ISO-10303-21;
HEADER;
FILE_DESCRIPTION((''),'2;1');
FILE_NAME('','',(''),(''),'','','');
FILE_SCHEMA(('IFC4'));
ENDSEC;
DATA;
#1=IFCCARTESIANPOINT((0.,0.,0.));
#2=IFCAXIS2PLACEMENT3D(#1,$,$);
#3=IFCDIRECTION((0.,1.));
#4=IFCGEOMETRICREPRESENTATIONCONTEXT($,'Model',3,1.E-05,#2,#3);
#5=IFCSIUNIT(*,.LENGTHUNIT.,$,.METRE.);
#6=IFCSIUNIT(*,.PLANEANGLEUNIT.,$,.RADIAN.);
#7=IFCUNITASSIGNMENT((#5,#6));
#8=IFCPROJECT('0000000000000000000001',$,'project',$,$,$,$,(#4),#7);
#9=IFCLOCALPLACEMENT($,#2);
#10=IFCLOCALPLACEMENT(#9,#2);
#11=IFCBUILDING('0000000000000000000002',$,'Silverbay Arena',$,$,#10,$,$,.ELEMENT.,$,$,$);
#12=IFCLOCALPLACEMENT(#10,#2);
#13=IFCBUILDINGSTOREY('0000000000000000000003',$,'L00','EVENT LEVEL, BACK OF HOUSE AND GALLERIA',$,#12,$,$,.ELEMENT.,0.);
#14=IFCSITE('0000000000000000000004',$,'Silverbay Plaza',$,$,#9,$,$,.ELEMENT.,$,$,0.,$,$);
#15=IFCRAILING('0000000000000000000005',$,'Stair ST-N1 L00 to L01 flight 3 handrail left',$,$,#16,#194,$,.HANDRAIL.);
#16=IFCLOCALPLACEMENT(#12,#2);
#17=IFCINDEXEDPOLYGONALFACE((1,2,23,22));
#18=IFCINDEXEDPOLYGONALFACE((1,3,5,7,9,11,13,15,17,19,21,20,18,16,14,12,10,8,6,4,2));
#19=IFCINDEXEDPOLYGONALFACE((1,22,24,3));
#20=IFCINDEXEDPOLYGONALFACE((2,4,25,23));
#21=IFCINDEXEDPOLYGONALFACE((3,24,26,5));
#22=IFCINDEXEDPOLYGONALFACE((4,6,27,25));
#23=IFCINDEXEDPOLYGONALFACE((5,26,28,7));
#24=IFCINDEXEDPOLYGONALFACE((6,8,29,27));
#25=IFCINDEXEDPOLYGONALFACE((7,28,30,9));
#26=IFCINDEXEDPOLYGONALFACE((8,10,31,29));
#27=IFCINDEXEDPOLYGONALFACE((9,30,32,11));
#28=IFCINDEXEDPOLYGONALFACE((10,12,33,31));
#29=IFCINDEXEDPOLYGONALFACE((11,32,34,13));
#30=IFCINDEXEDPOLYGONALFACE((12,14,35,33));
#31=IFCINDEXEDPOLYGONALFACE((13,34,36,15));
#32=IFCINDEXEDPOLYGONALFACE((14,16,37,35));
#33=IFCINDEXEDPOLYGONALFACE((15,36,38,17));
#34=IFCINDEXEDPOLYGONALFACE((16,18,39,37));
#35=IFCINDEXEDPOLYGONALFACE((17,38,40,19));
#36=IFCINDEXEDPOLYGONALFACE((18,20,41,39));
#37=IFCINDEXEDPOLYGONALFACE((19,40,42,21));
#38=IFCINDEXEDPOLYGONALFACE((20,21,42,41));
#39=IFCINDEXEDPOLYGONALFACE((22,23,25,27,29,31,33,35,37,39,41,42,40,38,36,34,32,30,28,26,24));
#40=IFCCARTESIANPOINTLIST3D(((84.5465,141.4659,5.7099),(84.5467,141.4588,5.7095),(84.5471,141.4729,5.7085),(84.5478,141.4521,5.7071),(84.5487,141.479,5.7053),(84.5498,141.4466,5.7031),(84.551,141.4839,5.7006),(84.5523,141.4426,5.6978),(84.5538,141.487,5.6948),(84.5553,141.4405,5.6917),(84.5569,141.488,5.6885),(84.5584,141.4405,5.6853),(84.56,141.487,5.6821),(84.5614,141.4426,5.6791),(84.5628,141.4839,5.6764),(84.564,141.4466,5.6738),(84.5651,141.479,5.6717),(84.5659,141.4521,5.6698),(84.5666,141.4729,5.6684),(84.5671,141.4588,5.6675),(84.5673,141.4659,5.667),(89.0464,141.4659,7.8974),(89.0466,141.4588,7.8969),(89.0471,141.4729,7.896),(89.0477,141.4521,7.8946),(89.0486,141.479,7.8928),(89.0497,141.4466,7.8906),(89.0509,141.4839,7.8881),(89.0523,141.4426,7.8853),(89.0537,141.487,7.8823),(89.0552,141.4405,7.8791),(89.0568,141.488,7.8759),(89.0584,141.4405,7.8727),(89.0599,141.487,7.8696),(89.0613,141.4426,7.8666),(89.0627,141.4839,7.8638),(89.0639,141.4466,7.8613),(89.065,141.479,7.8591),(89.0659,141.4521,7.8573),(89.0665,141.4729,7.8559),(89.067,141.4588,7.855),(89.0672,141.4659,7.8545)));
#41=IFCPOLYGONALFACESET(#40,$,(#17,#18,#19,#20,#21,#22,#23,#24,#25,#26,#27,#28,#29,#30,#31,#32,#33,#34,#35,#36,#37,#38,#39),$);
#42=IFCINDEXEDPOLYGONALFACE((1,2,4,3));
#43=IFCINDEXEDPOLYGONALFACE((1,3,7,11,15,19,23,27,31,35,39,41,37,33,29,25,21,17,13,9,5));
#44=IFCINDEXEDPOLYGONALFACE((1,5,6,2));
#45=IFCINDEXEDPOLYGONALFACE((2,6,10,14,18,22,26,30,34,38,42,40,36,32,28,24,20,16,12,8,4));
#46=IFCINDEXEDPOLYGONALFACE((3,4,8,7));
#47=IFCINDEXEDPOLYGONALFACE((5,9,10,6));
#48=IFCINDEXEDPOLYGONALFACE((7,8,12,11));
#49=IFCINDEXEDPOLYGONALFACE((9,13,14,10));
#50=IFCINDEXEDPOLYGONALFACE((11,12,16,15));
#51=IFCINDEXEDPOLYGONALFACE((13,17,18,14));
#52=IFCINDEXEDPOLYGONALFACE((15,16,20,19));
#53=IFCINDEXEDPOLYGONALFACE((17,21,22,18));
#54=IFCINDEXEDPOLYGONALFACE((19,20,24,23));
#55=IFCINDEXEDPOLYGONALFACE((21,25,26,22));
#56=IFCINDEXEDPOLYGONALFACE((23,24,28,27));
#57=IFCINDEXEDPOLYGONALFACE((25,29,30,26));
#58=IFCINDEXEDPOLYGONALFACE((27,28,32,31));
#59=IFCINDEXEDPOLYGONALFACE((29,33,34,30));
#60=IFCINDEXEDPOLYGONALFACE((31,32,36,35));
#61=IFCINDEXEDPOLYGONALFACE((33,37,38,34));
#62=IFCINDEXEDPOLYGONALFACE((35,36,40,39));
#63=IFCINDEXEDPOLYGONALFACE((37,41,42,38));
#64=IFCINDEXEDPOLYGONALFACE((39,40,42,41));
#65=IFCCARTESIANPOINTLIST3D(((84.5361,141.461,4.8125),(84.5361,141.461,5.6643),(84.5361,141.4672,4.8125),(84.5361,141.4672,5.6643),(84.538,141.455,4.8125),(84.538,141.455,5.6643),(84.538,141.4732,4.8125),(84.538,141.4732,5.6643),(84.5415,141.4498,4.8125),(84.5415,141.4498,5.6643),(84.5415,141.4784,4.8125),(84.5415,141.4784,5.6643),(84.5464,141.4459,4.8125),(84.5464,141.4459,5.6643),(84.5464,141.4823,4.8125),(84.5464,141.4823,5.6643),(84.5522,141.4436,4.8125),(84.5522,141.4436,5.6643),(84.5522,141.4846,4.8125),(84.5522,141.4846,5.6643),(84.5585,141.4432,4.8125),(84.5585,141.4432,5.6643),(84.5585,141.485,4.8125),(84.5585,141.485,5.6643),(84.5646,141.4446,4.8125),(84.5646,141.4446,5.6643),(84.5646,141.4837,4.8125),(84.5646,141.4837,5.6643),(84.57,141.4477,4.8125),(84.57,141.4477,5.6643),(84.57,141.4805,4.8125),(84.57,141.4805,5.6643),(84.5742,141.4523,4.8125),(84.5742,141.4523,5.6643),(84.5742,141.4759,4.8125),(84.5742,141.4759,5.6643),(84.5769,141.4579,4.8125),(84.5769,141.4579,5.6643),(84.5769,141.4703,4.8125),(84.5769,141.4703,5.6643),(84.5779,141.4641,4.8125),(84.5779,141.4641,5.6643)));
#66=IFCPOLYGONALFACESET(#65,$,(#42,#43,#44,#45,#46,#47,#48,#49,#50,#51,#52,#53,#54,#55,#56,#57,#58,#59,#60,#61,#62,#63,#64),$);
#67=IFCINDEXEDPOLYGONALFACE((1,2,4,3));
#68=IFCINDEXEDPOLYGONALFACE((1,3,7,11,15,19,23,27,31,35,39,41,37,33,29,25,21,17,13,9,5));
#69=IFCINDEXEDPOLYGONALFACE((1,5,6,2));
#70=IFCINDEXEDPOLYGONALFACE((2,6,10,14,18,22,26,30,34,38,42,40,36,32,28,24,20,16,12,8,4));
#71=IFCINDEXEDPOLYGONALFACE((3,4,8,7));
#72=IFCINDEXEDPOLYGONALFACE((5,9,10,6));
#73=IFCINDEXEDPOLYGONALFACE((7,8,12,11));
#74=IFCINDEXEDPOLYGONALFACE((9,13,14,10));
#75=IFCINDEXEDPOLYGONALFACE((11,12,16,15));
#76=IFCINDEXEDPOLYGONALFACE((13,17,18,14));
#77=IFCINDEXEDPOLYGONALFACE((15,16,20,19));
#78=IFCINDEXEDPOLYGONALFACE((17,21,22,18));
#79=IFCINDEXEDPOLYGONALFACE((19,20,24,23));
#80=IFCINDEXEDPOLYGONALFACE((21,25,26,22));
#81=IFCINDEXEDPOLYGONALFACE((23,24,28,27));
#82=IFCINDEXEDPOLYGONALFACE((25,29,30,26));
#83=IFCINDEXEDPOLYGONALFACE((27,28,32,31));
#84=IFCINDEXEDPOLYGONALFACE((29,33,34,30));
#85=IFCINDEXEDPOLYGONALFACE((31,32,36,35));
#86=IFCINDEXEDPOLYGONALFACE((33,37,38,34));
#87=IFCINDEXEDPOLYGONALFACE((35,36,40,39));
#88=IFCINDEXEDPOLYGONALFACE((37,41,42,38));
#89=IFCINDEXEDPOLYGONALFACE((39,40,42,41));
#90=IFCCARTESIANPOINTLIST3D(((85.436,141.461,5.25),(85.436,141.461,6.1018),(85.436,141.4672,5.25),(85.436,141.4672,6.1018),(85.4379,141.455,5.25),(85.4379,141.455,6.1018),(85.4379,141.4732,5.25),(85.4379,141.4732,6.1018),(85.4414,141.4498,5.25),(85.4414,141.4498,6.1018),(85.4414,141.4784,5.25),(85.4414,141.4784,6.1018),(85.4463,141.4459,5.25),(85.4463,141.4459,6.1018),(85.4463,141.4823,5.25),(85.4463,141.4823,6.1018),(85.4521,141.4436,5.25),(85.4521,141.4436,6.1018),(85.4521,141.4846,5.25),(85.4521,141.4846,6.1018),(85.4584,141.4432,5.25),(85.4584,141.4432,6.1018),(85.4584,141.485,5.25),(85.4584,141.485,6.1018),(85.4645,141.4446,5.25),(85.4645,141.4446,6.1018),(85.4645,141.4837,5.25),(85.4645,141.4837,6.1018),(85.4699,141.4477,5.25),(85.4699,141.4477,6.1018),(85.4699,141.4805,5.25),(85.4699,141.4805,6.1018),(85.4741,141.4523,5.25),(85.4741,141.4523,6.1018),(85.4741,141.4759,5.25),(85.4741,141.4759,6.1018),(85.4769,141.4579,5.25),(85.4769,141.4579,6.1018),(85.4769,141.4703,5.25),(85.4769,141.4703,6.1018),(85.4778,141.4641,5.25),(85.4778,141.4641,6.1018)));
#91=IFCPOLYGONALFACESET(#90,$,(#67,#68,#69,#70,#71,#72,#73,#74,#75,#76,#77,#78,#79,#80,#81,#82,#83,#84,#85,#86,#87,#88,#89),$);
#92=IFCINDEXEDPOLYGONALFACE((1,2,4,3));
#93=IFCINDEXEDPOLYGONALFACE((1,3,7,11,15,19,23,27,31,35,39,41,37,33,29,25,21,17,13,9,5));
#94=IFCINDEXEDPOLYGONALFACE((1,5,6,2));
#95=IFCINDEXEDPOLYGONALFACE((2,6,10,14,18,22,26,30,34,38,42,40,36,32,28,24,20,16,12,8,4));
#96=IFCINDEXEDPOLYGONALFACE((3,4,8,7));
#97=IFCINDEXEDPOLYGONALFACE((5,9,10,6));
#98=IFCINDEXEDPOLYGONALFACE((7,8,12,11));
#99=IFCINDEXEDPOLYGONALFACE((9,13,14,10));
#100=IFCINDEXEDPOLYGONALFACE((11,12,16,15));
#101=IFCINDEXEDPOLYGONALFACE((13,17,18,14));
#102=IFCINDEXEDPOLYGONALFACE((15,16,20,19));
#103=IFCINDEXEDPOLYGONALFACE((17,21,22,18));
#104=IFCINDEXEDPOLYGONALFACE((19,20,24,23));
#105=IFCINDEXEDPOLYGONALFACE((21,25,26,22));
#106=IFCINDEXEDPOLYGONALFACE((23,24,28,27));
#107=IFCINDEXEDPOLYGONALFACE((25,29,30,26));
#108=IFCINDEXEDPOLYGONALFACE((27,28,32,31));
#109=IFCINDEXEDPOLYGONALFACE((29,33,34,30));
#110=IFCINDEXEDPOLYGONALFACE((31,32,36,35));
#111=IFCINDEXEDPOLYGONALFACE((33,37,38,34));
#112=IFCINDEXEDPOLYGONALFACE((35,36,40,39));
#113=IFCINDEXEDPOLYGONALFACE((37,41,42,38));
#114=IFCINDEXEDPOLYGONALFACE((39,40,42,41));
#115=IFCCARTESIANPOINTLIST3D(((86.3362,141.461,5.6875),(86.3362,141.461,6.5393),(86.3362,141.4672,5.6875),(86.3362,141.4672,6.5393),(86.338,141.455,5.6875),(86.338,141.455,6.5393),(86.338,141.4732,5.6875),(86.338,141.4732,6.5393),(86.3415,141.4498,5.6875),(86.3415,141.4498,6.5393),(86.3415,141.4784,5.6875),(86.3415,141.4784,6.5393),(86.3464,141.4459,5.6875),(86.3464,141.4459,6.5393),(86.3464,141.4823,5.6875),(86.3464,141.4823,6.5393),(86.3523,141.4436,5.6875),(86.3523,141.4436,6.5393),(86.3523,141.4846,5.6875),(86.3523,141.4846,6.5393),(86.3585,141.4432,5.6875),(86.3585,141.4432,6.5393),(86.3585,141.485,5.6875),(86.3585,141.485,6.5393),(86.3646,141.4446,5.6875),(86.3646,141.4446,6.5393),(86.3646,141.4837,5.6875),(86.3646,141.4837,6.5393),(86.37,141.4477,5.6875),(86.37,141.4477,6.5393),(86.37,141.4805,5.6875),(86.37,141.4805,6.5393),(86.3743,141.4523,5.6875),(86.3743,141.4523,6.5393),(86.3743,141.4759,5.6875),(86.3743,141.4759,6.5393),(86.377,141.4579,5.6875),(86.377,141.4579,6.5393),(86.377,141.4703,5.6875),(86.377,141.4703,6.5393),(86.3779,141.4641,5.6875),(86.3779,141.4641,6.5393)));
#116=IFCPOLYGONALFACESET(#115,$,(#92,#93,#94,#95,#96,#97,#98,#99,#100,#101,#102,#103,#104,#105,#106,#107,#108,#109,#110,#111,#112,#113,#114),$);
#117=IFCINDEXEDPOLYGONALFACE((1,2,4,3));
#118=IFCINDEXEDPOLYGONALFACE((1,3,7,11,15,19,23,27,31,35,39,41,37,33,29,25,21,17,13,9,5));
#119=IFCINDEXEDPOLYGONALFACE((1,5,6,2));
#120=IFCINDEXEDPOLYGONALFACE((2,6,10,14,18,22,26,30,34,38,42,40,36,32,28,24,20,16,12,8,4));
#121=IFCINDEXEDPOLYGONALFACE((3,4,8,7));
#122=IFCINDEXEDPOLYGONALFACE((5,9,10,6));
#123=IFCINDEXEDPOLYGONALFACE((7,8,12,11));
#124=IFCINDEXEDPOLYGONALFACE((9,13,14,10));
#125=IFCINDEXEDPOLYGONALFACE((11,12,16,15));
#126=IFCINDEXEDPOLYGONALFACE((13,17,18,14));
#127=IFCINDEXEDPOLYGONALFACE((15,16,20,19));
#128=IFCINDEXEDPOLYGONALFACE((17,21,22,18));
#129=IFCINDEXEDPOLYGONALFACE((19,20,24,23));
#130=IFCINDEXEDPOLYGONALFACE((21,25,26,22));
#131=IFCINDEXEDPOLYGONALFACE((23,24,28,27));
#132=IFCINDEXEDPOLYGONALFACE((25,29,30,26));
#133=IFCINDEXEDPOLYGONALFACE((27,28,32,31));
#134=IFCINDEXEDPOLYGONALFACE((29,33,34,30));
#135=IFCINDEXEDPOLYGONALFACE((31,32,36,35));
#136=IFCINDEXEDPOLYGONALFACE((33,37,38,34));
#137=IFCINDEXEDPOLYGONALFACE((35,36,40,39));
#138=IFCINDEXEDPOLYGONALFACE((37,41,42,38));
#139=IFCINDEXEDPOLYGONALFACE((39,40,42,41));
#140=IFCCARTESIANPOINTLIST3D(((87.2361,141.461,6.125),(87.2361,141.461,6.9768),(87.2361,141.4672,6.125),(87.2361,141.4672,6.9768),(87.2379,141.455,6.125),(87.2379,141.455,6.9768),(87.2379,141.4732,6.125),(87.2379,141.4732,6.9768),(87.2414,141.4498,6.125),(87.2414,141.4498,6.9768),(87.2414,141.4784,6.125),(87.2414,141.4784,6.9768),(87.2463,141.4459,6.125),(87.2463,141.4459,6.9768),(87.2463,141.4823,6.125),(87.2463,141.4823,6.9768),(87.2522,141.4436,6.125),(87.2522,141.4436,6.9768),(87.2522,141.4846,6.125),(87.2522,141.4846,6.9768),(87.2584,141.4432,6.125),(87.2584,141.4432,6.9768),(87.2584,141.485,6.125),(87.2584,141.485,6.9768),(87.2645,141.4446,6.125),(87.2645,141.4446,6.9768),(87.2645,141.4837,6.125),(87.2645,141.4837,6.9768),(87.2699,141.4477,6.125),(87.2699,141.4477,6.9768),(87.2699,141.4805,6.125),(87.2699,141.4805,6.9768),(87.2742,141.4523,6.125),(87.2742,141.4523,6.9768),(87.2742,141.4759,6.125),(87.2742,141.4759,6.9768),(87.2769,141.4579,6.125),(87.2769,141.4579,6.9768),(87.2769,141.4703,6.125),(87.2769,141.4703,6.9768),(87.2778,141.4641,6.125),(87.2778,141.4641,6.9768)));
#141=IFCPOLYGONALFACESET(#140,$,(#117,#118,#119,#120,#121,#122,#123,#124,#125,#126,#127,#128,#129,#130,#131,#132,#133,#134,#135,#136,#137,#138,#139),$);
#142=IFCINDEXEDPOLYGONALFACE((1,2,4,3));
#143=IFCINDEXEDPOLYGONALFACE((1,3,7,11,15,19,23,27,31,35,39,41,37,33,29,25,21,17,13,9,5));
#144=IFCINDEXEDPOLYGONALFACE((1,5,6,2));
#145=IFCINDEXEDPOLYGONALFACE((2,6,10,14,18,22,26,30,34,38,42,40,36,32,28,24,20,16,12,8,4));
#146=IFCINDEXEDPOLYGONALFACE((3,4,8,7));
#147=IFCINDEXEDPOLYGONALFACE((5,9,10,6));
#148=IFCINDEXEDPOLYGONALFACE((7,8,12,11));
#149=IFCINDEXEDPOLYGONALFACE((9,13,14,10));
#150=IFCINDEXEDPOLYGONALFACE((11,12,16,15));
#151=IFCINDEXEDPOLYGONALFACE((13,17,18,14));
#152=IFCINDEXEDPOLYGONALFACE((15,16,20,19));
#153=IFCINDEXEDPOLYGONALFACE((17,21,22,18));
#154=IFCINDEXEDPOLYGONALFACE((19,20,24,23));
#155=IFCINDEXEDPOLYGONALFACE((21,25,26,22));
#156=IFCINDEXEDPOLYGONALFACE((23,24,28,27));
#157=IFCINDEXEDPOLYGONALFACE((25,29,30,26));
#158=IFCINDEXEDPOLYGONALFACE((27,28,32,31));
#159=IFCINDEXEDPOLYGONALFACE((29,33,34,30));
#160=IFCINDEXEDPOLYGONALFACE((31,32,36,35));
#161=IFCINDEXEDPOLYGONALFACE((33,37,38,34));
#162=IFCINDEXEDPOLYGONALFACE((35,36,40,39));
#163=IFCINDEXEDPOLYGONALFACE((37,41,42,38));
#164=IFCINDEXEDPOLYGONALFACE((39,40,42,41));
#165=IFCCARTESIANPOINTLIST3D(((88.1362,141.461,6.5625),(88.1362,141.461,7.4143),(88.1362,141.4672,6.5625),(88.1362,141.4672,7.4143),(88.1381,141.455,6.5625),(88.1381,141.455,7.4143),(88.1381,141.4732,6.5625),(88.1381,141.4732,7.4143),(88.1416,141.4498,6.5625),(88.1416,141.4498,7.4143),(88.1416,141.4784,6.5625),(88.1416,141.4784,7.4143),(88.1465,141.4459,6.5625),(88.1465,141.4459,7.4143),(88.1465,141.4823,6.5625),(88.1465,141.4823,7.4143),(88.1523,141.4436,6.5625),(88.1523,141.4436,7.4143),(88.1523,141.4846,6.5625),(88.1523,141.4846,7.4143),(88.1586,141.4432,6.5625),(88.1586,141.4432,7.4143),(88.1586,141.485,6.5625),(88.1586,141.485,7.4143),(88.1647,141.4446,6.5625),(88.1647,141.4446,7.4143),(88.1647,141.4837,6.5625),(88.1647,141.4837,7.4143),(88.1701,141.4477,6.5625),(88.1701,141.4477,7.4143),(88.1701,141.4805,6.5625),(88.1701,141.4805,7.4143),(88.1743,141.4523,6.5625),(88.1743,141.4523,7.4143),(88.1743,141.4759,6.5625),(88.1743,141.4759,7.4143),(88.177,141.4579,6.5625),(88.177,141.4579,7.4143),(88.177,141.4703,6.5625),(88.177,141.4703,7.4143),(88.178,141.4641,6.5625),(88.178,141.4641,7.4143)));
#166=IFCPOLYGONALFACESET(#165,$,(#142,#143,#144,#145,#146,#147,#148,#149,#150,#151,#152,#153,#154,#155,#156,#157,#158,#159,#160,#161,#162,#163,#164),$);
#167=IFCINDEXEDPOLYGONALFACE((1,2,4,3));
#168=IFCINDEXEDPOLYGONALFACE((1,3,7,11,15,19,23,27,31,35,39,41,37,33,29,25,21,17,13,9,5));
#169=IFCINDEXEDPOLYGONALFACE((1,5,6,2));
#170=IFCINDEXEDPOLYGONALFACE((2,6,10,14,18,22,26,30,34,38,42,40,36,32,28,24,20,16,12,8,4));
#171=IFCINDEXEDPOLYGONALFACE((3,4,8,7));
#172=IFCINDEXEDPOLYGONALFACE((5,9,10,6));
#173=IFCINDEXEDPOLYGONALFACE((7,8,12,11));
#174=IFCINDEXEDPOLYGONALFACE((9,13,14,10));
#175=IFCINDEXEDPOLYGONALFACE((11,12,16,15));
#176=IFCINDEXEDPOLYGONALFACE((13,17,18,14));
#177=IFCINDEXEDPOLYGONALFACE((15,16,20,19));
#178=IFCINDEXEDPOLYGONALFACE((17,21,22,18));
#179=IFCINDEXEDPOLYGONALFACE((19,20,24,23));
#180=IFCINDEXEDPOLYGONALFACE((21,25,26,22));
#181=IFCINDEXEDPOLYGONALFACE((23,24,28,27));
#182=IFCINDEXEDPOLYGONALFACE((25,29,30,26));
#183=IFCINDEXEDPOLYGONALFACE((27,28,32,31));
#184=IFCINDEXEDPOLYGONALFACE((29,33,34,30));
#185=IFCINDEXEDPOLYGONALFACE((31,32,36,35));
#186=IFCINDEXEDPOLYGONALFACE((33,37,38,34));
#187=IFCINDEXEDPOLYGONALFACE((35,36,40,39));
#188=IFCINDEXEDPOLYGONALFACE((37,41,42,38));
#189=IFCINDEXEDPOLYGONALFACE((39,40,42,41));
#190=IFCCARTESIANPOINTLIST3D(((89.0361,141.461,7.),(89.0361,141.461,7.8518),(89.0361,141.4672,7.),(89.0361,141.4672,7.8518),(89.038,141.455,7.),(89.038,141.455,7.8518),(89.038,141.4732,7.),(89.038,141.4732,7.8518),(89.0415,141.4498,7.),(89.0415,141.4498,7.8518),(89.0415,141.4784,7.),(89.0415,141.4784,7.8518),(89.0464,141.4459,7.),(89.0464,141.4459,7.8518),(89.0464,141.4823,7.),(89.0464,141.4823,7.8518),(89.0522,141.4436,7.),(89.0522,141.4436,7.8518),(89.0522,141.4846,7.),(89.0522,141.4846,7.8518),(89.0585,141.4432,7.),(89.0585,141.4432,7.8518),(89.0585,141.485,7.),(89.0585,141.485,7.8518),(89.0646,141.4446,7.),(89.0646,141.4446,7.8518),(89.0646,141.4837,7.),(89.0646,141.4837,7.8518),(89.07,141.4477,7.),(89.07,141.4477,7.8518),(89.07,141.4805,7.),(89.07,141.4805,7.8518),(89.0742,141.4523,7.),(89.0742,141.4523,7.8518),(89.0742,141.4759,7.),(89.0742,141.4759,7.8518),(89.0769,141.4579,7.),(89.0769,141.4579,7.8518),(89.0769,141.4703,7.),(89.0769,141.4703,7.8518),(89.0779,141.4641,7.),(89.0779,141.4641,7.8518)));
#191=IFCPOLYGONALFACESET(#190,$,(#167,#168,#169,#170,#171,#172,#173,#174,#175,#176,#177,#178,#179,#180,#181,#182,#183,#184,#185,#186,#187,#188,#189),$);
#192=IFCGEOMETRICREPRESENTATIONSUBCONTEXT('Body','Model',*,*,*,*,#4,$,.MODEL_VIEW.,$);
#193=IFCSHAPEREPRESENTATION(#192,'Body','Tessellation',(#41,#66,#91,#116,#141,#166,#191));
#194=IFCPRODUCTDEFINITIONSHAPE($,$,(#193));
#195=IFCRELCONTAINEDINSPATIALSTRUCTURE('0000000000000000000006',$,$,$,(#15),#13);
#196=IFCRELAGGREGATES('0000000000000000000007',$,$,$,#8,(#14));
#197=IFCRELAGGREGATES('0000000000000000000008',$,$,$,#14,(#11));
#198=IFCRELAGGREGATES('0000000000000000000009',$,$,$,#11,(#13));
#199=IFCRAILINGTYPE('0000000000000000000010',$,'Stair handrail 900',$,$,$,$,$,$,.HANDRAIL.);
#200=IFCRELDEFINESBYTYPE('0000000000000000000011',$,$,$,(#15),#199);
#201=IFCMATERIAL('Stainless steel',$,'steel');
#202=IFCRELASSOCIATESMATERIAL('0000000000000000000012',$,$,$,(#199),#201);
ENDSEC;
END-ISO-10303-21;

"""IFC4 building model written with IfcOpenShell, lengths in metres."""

from ifc_helpers import new_model, si_unit, direction, frame, origin, origin_2d, place, context, subcontext, project, spatial, circle, extrude, material, type_object, element, save


model = new_model("IFC4")

# Units and contexts
model_context = context("Model", 3, precision=1e-05, world=origin(), true_north=direction((0.0, 1.0)))
body_context = subcontext(model_context, "Body", "Model", "MODEL_VIEW")
ifc_project = project(units=[si_unit("LENGTHUNIT", "METRE"), si_unit("PLANEANGLEUNIT", "RADIAN")], contexts=[model_context])

# Site, building, storey
site_placement = place(None, origin())
site = spatial("IfcSite", under=ifc_project, at=site_placement, Name="Silverbay Plaza", CompositionType="ELEMENT", RefElevation=0.0)
building_placement = place(site_placement, origin())
building = spatial("IfcBuilding", under=site, at=building_placement, Name="Silverbay Arena", CompositionType="ELEMENT")
storey_placement = place(building_placement, origin())
storey = spatial("IfcBuildingStorey", under=building, at=storey_placement, Name="L00", Description="EVENT LEVEL, BACK OF HOUSE AND GALLERIA", CompositionType="ELEMENT", Elevation=0.0)

# Railing
ifc_material_1 = material(Name="Stainless steel", Category="steel")
railing_type_1 = type_object("IfcRailingType", Name="Stair handrail 900", PredefinedType="HANDRAIL", material=ifc_material_1)
for number, where, name in (
    (1, (84.5569, 141.4641, 4.8125), "Stair ST-N1 L00 to L01 flight 3 handrail left"),
):
    element("IfcRailing", number, at=place(storey_placement, frame(where)), inside=storey, type_object=railing_type_1, Name=name, PredefinedType="HANDRAIL", context=body_context, shape_type="SweptSolid", body=[
        extrude(circle(Radius=0.0239, at=origin_2d()), frame((0.0, 0.0, 0.876), z_axis=(0.899368, 0.0, 0.437193), x_axis=(0.0, 1.0, 0.0)), (0.0, 0.0, 1.0), 5.0034),
        extrude(circle(Radius=0.021, at=origin_2d()), origin(), (0.0, 0.0, 1.0), 0.8518),
        extrude(circle(Radius=0.021, at=origin_2d()), frame((0.8999, 0.0, 0.4375)), (0.0, 0.0, 1.0), 0.8518),
        extrude(circle(Radius=0.021, at=origin_2d()), frame((1.8, 0.0, 0.875)), (0.0, 0.0, 1.0), 0.8518),
        extrude(circle(Radius=0.021, at=origin_2d()), frame((2.7, 0.0, 1.3125)), (0.0, 0.0, 1.0), 0.8518),
        extrude(circle(Radius=0.021, at=origin_2d()), frame((3.6001, 0.0, 1.75)), (0.0, 0.0, 1.0), 0.8518),
        extrude(circle(Radius=0.021, at=origin_2d()), frame((4.5, 0.0, 2.1875)), (0.0, 0.0, 1.0), 0.8518),
    ])

save(model, "model.ifc")
